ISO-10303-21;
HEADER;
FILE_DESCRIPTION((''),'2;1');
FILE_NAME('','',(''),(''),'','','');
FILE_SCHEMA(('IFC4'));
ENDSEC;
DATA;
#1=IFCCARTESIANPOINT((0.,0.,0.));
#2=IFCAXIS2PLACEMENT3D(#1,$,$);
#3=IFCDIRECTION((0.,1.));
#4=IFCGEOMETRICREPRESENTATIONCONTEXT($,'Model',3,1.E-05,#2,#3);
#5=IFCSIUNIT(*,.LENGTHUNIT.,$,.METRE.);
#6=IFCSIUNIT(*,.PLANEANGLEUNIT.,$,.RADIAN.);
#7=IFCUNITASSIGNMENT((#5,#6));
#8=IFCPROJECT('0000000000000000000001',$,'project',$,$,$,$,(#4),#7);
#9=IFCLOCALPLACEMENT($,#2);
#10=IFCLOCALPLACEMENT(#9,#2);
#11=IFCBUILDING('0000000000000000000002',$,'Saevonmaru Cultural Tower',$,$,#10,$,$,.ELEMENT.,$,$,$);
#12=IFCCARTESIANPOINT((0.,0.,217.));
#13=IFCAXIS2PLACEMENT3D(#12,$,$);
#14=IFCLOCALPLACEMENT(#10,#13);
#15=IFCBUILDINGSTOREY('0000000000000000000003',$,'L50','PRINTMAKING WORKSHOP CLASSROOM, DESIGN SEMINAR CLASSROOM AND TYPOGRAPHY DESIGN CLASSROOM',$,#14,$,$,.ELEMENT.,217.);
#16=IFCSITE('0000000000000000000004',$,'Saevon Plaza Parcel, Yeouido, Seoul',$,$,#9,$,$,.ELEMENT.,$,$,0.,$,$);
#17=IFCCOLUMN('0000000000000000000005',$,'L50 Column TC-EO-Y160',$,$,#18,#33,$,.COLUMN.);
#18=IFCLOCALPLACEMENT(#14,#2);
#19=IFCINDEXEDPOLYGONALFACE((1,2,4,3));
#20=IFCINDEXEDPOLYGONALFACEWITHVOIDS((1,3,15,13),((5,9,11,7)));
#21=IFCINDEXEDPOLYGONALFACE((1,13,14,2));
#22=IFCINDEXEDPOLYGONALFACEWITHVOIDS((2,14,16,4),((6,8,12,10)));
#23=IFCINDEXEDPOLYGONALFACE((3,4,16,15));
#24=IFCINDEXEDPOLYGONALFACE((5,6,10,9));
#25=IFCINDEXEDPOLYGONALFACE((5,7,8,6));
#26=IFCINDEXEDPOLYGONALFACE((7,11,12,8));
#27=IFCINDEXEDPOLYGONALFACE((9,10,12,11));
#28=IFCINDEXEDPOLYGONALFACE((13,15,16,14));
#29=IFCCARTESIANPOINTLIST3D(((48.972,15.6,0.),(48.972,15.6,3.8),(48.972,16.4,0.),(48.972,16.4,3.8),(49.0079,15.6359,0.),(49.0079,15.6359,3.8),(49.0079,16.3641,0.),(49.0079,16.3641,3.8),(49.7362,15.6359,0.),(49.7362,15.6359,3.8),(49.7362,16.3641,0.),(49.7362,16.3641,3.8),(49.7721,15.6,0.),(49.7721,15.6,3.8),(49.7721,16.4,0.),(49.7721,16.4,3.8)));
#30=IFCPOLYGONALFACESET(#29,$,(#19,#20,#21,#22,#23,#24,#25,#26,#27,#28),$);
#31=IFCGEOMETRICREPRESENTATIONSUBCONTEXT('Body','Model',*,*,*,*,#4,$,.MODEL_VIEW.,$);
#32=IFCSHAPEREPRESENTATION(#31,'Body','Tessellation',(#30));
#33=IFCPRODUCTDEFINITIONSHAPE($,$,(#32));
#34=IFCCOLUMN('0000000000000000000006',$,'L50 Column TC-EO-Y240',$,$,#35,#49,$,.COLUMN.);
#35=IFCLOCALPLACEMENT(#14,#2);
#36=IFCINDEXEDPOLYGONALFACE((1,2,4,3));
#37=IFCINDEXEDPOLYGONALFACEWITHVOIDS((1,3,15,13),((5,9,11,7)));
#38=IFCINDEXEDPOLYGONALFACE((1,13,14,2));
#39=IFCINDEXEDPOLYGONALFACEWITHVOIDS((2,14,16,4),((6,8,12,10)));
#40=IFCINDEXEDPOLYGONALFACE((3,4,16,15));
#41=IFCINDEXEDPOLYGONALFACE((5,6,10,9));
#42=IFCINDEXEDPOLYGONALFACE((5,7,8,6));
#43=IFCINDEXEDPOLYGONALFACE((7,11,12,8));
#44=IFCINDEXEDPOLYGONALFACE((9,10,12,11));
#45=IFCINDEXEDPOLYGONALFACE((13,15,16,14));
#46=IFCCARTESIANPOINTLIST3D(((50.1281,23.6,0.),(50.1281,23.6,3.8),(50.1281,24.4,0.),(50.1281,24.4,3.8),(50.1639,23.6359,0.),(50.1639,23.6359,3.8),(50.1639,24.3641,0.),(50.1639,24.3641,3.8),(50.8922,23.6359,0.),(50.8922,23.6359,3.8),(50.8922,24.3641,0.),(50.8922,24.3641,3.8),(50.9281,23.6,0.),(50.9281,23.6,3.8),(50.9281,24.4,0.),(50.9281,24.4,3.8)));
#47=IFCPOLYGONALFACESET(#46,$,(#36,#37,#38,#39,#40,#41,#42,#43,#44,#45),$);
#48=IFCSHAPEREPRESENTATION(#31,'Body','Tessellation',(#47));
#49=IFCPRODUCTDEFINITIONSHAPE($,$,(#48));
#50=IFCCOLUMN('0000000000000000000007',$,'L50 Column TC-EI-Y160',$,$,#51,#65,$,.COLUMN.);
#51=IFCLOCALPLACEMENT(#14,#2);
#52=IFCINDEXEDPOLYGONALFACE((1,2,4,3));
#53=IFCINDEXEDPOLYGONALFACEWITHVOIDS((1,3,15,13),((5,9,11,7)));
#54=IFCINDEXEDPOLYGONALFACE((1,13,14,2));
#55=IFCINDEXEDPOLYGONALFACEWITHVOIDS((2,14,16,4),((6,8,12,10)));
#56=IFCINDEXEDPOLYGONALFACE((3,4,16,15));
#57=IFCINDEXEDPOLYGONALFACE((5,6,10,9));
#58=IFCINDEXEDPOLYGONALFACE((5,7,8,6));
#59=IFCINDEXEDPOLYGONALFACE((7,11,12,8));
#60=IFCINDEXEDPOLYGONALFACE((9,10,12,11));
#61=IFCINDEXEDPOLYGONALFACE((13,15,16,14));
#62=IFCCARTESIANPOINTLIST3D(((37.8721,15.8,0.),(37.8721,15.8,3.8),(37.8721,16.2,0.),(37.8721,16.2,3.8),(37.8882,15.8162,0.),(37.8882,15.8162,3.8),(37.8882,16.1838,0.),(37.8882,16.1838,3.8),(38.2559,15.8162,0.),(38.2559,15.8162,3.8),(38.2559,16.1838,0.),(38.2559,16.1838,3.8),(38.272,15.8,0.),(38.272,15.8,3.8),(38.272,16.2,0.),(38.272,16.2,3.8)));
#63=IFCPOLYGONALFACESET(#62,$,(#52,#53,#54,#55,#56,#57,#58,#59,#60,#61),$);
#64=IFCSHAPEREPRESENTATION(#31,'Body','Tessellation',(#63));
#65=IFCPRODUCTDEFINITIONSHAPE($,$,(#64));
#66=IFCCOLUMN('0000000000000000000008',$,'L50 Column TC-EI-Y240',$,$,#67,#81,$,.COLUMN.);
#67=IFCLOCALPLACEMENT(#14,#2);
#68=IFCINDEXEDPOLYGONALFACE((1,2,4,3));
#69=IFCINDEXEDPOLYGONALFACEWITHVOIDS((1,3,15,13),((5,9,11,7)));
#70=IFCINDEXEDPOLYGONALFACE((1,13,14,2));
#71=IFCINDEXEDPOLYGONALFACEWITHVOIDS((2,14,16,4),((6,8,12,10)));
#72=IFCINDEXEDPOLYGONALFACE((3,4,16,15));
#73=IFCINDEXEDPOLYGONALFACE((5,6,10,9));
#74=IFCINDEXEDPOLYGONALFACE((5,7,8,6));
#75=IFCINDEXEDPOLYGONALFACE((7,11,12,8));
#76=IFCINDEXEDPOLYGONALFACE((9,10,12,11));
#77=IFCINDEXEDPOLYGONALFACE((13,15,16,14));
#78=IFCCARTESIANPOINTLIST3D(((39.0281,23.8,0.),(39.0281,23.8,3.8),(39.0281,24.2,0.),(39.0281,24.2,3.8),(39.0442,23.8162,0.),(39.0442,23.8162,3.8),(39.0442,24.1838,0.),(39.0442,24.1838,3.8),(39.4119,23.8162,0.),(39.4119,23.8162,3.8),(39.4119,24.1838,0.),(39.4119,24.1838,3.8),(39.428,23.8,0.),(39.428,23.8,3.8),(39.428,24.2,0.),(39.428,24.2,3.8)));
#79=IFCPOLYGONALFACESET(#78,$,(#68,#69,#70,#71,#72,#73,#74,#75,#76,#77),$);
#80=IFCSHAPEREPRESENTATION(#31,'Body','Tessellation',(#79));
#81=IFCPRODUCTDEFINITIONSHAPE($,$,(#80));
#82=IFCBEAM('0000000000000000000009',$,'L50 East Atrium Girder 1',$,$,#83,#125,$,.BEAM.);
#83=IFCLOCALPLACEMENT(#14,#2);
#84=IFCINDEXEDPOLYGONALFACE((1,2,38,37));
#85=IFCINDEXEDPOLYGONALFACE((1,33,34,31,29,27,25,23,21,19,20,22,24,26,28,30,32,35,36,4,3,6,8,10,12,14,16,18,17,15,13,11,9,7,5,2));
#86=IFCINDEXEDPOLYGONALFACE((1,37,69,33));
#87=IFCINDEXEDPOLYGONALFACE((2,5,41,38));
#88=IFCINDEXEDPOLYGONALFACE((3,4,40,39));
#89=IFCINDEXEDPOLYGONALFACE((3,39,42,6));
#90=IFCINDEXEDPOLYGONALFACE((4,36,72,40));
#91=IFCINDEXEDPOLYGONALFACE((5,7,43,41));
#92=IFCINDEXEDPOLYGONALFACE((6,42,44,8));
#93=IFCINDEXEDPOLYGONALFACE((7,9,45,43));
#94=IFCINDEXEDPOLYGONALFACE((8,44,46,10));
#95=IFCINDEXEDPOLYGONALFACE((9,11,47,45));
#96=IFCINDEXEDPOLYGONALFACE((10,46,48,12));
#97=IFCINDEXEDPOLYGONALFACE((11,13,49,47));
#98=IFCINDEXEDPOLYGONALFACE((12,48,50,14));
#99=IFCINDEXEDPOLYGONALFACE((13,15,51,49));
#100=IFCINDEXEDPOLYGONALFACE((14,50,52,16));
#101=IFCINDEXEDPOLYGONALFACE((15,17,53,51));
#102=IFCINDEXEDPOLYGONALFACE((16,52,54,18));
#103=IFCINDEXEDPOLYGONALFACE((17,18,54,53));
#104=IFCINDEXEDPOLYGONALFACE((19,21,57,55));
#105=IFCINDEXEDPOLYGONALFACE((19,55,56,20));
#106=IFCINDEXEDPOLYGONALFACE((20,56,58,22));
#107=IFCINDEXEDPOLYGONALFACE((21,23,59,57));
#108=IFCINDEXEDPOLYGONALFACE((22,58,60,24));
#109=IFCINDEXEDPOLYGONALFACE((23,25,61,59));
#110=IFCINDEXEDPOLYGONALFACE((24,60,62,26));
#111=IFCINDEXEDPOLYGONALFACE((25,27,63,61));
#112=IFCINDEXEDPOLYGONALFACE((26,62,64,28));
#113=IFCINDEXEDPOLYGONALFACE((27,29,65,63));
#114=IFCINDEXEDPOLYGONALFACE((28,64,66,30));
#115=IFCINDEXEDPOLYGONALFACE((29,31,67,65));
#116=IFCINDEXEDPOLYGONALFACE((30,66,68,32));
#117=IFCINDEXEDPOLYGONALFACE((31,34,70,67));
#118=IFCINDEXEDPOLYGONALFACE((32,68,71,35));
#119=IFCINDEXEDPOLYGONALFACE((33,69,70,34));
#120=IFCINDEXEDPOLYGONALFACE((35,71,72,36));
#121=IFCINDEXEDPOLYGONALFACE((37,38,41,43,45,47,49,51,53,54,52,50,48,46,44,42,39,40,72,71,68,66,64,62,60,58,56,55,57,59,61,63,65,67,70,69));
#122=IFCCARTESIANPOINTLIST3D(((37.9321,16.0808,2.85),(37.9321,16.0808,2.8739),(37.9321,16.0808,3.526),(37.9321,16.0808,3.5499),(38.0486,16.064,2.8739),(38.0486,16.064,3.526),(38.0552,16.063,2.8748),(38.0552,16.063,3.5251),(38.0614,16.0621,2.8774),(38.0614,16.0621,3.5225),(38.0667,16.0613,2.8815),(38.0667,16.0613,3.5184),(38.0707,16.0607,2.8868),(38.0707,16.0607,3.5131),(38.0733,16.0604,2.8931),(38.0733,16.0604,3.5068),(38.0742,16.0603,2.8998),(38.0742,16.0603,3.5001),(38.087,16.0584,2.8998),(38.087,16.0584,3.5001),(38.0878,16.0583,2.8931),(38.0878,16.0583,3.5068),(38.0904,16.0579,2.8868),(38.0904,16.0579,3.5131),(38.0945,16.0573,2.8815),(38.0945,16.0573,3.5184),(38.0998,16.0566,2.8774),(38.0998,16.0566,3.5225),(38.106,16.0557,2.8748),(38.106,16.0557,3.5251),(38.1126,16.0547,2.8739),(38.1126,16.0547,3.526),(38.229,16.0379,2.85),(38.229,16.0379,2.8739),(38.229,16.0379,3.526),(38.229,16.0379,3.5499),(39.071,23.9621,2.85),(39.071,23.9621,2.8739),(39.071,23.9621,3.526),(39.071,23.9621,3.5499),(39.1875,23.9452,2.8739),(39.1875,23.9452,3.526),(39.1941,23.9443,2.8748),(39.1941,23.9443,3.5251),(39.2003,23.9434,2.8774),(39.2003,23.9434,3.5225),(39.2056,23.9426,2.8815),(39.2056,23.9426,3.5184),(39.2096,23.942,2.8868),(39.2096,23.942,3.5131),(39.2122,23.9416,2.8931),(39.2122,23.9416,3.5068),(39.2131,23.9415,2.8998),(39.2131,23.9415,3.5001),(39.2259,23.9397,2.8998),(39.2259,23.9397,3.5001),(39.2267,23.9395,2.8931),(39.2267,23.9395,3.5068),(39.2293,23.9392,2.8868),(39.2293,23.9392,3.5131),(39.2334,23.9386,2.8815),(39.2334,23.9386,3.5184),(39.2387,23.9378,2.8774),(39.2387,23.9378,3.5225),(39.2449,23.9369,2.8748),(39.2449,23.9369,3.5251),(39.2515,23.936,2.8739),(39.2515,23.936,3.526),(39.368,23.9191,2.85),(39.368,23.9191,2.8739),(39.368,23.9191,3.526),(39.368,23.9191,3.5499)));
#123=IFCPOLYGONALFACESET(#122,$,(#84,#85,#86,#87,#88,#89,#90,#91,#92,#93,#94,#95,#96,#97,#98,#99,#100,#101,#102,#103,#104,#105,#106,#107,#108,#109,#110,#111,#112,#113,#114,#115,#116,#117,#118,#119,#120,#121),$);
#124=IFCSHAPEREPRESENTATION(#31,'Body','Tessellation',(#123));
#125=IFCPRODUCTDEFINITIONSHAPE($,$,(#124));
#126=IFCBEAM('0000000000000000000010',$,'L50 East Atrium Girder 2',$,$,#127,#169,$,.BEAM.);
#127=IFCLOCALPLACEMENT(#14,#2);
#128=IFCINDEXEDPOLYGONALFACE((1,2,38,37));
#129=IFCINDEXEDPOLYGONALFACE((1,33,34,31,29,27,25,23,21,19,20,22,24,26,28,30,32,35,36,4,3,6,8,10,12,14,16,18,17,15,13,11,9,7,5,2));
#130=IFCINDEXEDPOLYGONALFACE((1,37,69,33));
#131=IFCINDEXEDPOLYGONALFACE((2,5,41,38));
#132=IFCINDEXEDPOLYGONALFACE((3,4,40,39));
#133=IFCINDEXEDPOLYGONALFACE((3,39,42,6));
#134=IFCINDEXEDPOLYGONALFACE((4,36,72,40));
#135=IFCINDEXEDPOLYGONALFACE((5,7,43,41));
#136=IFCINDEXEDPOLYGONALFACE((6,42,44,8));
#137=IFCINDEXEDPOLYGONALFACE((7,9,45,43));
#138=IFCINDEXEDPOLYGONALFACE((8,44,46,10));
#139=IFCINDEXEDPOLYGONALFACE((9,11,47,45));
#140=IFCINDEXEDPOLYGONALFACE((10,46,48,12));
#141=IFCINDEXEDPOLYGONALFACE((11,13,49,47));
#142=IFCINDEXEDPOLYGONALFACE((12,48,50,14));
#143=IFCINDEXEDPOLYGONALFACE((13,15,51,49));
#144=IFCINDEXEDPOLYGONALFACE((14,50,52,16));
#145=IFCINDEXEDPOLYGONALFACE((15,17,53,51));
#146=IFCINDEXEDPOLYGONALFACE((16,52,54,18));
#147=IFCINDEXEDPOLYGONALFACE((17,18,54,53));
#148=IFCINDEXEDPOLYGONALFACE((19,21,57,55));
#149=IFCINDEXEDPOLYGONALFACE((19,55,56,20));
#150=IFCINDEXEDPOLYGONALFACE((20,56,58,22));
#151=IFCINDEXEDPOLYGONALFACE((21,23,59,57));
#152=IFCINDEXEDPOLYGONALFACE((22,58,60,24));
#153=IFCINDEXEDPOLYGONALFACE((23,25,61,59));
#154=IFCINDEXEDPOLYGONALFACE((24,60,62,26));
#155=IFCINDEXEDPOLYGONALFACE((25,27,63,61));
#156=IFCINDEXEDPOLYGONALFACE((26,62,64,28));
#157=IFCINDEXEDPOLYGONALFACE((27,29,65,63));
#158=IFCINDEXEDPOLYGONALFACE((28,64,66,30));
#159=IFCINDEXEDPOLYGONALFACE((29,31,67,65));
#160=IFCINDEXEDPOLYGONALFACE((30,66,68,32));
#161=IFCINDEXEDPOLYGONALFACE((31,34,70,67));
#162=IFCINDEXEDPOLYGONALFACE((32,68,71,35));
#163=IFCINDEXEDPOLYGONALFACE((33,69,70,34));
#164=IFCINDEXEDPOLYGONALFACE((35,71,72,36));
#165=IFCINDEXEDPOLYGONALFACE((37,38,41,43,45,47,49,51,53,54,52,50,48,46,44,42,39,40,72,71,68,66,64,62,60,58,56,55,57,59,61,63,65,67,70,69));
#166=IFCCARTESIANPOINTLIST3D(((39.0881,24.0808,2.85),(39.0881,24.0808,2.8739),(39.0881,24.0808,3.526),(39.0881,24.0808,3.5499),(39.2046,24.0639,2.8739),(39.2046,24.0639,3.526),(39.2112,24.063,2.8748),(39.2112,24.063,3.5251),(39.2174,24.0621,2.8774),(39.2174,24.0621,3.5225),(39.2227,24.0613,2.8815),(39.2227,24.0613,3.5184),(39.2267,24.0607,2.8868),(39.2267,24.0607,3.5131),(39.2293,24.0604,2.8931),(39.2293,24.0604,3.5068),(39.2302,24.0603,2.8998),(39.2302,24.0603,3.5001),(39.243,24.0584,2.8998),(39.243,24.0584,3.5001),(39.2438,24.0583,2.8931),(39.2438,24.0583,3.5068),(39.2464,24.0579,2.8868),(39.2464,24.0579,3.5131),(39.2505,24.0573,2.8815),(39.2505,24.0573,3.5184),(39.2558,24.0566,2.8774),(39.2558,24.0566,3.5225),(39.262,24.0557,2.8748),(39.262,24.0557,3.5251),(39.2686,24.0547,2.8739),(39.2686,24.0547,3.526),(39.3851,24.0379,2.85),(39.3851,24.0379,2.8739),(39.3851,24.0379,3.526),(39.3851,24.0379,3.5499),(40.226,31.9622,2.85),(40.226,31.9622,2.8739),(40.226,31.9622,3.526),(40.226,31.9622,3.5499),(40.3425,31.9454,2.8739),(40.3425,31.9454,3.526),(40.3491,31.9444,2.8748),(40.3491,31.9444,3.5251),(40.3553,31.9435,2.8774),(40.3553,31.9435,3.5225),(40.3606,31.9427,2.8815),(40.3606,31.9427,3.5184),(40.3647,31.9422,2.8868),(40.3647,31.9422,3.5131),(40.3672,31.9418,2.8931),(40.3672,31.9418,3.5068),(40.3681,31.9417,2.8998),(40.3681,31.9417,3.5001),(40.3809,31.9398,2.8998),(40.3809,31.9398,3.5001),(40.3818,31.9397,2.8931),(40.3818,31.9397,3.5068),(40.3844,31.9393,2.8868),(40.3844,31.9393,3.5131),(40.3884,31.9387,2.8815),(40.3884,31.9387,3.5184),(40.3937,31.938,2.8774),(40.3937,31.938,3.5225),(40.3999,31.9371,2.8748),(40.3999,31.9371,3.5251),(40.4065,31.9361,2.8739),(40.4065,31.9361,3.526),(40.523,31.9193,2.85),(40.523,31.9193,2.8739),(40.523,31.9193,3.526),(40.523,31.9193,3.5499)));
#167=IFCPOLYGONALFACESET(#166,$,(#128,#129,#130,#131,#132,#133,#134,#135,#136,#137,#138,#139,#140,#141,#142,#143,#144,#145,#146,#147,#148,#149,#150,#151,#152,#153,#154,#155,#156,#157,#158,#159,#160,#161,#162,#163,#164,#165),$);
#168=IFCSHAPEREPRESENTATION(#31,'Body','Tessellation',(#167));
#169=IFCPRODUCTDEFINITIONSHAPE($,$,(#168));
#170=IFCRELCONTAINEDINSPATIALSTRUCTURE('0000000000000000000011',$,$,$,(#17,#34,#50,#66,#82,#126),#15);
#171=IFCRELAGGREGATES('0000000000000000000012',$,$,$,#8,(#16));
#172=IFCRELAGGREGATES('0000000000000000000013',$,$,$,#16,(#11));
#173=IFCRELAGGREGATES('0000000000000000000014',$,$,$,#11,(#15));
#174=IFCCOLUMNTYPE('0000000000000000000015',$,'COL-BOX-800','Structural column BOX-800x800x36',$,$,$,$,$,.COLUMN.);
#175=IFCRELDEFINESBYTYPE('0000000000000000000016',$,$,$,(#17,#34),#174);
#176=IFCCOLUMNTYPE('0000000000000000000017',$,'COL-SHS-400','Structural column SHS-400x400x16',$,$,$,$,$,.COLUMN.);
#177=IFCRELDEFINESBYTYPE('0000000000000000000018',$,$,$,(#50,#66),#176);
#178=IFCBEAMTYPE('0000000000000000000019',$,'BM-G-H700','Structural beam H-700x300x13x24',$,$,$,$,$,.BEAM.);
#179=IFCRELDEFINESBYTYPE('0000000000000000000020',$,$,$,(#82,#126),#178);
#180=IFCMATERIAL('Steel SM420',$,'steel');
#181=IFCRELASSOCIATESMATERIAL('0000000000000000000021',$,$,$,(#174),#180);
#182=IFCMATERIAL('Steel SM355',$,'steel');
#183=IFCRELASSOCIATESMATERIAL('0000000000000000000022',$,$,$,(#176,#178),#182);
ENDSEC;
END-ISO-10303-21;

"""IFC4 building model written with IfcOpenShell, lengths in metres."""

from ifc_helpers import new_model, si_unit, direction, frame, origin, origin_2d, place, context, subcontext, project, spatial, hollow_rectangle, i_section, extrude, material, material_profile, profile_set, type_object, element, save


model = new_model("IFC4")

# Units and contexts
model_context = context("Model", 3, precision=1e-05, world=origin(), true_north=direction((0.0, 1.0)))
body_context = subcontext(model_context, "Body", "Model", "MODEL_VIEW")
ifc_project = project(units=[si_unit("LENGTHUNIT", "METRE"), si_unit("PLANEANGLEUNIT", "RADIAN")], contexts=[model_context])

# Site, building, storey
site_placement = place(None, origin())
site = spatial("IfcSite", under=ifc_project, at=site_placement, Name="Saevon Plaza Parcel, Yeouido, Seoul", CompositionType="ELEMENT", RefElevation=0.0)
building_placement = place(site_placement, origin())
building = spatial("IfcBuilding", under=site, at=building_placement, Name="Saevonmaru Cultural Tower", CompositionType="ELEMENT")
storey_placement = place(building_placement, frame((0.0, 0.0, 217.0)))
storey = spatial("IfcBuildingStorey", under=building, at=storey_placement, Name="L50", Description="PRINTMAKING WORKSHOP CLASSROOM, DESIGN SEMINAR CLASSROOM AND TYPOGRAPHY DESIGN CLASSROOM", CompositionType="ELEMENT", Elevation=217.0)

# Columns
ifc_material_1 = material(Name="Steel SM420", Category="steel")
ifc_material_profile_1 = material_profile(ifc_material_1, hollow_rectangle(XDim=0.8, YDim=0.8, WallThickness=0.0359, at=origin_2d()), Name="BOX-800x800x36")
ifc_profile_set_1 = profile_set([ifc_material_profile_1], Name="Steel SM420")
column_type_1 = type_object("IfcColumnType", Name="COL-BOX-800", Description="Structural column BOX-800x800x36", PredefinedType="COLUMN", material=ifc_profile_set_1)
for number, where, z_axis, x_axis, name in (
    (1, (49.3721, 16.0, 0.0), (0.0, 0.0, 1.0), (1.0, 0.0, 0.0), "L50 Column TC-EO-Y160"),
    (2, (50.5281, 24.0, 0.0), (0.0, 0.0, 1.0), (1.0, 0.0, 0.0), "L50 Column TC-EO-Y240"),
):
    element("IfcColumn", number, at=place(storey_placement, frame(where, z_axis=z_axis, x_axis=x_axis)), inside=storey, type_object=column_type_1, Name=name, PredefinedType="COLUMN", context=body_context, shape_type="SweptSolid", body=[
        extrude(hollow_rectangle(XDim=0.8, YDim=0.8, WallThickness=0.0359, at=origin_2d()), origin(), (0.0, 0.0, 1.0), 3.8),
    ])
ifc_material_2 = material(Name="Steel SM355", Category="steel")
ifc_material_profile_2 = material_profile(ifc_material_2, hollow_rectangle(XDim=0.3999, YDim=0.3999, WallThickness=0.0161, at=origin_2d()), Name="SHS-400x400x16")
ifc_profile_set_2 = profile_set([ifc_material_profile_2], Name="Steel SM355")
column_type_2 = type_object("IfcColumnType", Name="COL-SHS-400", Description="Structural column SHS-400x400x16", PredefinedType="COLUMN", material=ifc_profile_set_2)
for number, where, z_axis, x_axis, name in (
    (3, (38.072, 16.0, 0.0), (0.0, 0.0, 1.0), (1.0, 0.0, 0.0), "L50 Column TC-EI-Y160"),
    (4, (39.228, 24.0, 0.0), (0.0, 0.0, 1.0), (1.0, 0.0, 0.0), "L50 Column TC-EI-Y240"),
):
    element("IfcColumn", number, at=place(storey_placement, frame(where, z_axis=z_axis, x_axis=x_axis)), inside=storey, type_object=column_type_2, Name=name, PredefinedType="COLUMN", context=body_context, shape_type="SweptSolid", body=[
        extrude(hollow_rectangle(XDim=0.3999, YDim=0.3999, WallThickness=0.0161, at=origin_2d()), origin(), (0.0, 0.0, 1.0), 3.8),
    ])

# Beams
ifc_material_profile_3 = material_profile(ifc_material_2, i_section(OverallWidth=0.3, OverallDepth=0.7, WebThickness=0.0129, FlangeThickness=0.0239, FilletRadius=0.0259, at=origin_2d()), Name="H-700x300x13x24")
ifc_profile_set_3 = profile_set([ifc_material_profile_3], Name="Steel SM355")
beam_type_1 = type_object("IfcBeamType", Name="BM-G-H700", Description="Structural beam H-700x300x13x24", PredefinedType="BEAM", material=ifc_profile_set_3)
for number, where, z_axis, x_axis, name in (
    (5, (38.0806, 16.0593, 3.2), (0.143022, 0.989719, 0.0), (-0.989719, 0.143022, 0.0), "L50 East Atrium Girder 1"),
    (6, (39.2366, 24.0593, 3.2), (0.142902, 0.989737, 0.0), (-0.989737, 0.142902, 0.0), "L50 East Atrium Girder 2"),
):
    element("IfcBeam", number, at=place(storey_placement, frame(where, z_axis=z_axis, x_axis=x_axis)), inside=storey, type_object=beam_type_1, Name=name, PredefinedType="BEAM", context=body_context, shape_type="SweptSolid", body=[
        extrude(i_section(OverallWidth=0.3, OverallDepth=0.7, WebThickness=0.0129, FlangeThickness=0.0239, FilletRadius=0.0259, at=origin_2d()), origin(), (0.0, 0.0, 1.0), 7.9631),
    ])

save(model, "model.ifc")
